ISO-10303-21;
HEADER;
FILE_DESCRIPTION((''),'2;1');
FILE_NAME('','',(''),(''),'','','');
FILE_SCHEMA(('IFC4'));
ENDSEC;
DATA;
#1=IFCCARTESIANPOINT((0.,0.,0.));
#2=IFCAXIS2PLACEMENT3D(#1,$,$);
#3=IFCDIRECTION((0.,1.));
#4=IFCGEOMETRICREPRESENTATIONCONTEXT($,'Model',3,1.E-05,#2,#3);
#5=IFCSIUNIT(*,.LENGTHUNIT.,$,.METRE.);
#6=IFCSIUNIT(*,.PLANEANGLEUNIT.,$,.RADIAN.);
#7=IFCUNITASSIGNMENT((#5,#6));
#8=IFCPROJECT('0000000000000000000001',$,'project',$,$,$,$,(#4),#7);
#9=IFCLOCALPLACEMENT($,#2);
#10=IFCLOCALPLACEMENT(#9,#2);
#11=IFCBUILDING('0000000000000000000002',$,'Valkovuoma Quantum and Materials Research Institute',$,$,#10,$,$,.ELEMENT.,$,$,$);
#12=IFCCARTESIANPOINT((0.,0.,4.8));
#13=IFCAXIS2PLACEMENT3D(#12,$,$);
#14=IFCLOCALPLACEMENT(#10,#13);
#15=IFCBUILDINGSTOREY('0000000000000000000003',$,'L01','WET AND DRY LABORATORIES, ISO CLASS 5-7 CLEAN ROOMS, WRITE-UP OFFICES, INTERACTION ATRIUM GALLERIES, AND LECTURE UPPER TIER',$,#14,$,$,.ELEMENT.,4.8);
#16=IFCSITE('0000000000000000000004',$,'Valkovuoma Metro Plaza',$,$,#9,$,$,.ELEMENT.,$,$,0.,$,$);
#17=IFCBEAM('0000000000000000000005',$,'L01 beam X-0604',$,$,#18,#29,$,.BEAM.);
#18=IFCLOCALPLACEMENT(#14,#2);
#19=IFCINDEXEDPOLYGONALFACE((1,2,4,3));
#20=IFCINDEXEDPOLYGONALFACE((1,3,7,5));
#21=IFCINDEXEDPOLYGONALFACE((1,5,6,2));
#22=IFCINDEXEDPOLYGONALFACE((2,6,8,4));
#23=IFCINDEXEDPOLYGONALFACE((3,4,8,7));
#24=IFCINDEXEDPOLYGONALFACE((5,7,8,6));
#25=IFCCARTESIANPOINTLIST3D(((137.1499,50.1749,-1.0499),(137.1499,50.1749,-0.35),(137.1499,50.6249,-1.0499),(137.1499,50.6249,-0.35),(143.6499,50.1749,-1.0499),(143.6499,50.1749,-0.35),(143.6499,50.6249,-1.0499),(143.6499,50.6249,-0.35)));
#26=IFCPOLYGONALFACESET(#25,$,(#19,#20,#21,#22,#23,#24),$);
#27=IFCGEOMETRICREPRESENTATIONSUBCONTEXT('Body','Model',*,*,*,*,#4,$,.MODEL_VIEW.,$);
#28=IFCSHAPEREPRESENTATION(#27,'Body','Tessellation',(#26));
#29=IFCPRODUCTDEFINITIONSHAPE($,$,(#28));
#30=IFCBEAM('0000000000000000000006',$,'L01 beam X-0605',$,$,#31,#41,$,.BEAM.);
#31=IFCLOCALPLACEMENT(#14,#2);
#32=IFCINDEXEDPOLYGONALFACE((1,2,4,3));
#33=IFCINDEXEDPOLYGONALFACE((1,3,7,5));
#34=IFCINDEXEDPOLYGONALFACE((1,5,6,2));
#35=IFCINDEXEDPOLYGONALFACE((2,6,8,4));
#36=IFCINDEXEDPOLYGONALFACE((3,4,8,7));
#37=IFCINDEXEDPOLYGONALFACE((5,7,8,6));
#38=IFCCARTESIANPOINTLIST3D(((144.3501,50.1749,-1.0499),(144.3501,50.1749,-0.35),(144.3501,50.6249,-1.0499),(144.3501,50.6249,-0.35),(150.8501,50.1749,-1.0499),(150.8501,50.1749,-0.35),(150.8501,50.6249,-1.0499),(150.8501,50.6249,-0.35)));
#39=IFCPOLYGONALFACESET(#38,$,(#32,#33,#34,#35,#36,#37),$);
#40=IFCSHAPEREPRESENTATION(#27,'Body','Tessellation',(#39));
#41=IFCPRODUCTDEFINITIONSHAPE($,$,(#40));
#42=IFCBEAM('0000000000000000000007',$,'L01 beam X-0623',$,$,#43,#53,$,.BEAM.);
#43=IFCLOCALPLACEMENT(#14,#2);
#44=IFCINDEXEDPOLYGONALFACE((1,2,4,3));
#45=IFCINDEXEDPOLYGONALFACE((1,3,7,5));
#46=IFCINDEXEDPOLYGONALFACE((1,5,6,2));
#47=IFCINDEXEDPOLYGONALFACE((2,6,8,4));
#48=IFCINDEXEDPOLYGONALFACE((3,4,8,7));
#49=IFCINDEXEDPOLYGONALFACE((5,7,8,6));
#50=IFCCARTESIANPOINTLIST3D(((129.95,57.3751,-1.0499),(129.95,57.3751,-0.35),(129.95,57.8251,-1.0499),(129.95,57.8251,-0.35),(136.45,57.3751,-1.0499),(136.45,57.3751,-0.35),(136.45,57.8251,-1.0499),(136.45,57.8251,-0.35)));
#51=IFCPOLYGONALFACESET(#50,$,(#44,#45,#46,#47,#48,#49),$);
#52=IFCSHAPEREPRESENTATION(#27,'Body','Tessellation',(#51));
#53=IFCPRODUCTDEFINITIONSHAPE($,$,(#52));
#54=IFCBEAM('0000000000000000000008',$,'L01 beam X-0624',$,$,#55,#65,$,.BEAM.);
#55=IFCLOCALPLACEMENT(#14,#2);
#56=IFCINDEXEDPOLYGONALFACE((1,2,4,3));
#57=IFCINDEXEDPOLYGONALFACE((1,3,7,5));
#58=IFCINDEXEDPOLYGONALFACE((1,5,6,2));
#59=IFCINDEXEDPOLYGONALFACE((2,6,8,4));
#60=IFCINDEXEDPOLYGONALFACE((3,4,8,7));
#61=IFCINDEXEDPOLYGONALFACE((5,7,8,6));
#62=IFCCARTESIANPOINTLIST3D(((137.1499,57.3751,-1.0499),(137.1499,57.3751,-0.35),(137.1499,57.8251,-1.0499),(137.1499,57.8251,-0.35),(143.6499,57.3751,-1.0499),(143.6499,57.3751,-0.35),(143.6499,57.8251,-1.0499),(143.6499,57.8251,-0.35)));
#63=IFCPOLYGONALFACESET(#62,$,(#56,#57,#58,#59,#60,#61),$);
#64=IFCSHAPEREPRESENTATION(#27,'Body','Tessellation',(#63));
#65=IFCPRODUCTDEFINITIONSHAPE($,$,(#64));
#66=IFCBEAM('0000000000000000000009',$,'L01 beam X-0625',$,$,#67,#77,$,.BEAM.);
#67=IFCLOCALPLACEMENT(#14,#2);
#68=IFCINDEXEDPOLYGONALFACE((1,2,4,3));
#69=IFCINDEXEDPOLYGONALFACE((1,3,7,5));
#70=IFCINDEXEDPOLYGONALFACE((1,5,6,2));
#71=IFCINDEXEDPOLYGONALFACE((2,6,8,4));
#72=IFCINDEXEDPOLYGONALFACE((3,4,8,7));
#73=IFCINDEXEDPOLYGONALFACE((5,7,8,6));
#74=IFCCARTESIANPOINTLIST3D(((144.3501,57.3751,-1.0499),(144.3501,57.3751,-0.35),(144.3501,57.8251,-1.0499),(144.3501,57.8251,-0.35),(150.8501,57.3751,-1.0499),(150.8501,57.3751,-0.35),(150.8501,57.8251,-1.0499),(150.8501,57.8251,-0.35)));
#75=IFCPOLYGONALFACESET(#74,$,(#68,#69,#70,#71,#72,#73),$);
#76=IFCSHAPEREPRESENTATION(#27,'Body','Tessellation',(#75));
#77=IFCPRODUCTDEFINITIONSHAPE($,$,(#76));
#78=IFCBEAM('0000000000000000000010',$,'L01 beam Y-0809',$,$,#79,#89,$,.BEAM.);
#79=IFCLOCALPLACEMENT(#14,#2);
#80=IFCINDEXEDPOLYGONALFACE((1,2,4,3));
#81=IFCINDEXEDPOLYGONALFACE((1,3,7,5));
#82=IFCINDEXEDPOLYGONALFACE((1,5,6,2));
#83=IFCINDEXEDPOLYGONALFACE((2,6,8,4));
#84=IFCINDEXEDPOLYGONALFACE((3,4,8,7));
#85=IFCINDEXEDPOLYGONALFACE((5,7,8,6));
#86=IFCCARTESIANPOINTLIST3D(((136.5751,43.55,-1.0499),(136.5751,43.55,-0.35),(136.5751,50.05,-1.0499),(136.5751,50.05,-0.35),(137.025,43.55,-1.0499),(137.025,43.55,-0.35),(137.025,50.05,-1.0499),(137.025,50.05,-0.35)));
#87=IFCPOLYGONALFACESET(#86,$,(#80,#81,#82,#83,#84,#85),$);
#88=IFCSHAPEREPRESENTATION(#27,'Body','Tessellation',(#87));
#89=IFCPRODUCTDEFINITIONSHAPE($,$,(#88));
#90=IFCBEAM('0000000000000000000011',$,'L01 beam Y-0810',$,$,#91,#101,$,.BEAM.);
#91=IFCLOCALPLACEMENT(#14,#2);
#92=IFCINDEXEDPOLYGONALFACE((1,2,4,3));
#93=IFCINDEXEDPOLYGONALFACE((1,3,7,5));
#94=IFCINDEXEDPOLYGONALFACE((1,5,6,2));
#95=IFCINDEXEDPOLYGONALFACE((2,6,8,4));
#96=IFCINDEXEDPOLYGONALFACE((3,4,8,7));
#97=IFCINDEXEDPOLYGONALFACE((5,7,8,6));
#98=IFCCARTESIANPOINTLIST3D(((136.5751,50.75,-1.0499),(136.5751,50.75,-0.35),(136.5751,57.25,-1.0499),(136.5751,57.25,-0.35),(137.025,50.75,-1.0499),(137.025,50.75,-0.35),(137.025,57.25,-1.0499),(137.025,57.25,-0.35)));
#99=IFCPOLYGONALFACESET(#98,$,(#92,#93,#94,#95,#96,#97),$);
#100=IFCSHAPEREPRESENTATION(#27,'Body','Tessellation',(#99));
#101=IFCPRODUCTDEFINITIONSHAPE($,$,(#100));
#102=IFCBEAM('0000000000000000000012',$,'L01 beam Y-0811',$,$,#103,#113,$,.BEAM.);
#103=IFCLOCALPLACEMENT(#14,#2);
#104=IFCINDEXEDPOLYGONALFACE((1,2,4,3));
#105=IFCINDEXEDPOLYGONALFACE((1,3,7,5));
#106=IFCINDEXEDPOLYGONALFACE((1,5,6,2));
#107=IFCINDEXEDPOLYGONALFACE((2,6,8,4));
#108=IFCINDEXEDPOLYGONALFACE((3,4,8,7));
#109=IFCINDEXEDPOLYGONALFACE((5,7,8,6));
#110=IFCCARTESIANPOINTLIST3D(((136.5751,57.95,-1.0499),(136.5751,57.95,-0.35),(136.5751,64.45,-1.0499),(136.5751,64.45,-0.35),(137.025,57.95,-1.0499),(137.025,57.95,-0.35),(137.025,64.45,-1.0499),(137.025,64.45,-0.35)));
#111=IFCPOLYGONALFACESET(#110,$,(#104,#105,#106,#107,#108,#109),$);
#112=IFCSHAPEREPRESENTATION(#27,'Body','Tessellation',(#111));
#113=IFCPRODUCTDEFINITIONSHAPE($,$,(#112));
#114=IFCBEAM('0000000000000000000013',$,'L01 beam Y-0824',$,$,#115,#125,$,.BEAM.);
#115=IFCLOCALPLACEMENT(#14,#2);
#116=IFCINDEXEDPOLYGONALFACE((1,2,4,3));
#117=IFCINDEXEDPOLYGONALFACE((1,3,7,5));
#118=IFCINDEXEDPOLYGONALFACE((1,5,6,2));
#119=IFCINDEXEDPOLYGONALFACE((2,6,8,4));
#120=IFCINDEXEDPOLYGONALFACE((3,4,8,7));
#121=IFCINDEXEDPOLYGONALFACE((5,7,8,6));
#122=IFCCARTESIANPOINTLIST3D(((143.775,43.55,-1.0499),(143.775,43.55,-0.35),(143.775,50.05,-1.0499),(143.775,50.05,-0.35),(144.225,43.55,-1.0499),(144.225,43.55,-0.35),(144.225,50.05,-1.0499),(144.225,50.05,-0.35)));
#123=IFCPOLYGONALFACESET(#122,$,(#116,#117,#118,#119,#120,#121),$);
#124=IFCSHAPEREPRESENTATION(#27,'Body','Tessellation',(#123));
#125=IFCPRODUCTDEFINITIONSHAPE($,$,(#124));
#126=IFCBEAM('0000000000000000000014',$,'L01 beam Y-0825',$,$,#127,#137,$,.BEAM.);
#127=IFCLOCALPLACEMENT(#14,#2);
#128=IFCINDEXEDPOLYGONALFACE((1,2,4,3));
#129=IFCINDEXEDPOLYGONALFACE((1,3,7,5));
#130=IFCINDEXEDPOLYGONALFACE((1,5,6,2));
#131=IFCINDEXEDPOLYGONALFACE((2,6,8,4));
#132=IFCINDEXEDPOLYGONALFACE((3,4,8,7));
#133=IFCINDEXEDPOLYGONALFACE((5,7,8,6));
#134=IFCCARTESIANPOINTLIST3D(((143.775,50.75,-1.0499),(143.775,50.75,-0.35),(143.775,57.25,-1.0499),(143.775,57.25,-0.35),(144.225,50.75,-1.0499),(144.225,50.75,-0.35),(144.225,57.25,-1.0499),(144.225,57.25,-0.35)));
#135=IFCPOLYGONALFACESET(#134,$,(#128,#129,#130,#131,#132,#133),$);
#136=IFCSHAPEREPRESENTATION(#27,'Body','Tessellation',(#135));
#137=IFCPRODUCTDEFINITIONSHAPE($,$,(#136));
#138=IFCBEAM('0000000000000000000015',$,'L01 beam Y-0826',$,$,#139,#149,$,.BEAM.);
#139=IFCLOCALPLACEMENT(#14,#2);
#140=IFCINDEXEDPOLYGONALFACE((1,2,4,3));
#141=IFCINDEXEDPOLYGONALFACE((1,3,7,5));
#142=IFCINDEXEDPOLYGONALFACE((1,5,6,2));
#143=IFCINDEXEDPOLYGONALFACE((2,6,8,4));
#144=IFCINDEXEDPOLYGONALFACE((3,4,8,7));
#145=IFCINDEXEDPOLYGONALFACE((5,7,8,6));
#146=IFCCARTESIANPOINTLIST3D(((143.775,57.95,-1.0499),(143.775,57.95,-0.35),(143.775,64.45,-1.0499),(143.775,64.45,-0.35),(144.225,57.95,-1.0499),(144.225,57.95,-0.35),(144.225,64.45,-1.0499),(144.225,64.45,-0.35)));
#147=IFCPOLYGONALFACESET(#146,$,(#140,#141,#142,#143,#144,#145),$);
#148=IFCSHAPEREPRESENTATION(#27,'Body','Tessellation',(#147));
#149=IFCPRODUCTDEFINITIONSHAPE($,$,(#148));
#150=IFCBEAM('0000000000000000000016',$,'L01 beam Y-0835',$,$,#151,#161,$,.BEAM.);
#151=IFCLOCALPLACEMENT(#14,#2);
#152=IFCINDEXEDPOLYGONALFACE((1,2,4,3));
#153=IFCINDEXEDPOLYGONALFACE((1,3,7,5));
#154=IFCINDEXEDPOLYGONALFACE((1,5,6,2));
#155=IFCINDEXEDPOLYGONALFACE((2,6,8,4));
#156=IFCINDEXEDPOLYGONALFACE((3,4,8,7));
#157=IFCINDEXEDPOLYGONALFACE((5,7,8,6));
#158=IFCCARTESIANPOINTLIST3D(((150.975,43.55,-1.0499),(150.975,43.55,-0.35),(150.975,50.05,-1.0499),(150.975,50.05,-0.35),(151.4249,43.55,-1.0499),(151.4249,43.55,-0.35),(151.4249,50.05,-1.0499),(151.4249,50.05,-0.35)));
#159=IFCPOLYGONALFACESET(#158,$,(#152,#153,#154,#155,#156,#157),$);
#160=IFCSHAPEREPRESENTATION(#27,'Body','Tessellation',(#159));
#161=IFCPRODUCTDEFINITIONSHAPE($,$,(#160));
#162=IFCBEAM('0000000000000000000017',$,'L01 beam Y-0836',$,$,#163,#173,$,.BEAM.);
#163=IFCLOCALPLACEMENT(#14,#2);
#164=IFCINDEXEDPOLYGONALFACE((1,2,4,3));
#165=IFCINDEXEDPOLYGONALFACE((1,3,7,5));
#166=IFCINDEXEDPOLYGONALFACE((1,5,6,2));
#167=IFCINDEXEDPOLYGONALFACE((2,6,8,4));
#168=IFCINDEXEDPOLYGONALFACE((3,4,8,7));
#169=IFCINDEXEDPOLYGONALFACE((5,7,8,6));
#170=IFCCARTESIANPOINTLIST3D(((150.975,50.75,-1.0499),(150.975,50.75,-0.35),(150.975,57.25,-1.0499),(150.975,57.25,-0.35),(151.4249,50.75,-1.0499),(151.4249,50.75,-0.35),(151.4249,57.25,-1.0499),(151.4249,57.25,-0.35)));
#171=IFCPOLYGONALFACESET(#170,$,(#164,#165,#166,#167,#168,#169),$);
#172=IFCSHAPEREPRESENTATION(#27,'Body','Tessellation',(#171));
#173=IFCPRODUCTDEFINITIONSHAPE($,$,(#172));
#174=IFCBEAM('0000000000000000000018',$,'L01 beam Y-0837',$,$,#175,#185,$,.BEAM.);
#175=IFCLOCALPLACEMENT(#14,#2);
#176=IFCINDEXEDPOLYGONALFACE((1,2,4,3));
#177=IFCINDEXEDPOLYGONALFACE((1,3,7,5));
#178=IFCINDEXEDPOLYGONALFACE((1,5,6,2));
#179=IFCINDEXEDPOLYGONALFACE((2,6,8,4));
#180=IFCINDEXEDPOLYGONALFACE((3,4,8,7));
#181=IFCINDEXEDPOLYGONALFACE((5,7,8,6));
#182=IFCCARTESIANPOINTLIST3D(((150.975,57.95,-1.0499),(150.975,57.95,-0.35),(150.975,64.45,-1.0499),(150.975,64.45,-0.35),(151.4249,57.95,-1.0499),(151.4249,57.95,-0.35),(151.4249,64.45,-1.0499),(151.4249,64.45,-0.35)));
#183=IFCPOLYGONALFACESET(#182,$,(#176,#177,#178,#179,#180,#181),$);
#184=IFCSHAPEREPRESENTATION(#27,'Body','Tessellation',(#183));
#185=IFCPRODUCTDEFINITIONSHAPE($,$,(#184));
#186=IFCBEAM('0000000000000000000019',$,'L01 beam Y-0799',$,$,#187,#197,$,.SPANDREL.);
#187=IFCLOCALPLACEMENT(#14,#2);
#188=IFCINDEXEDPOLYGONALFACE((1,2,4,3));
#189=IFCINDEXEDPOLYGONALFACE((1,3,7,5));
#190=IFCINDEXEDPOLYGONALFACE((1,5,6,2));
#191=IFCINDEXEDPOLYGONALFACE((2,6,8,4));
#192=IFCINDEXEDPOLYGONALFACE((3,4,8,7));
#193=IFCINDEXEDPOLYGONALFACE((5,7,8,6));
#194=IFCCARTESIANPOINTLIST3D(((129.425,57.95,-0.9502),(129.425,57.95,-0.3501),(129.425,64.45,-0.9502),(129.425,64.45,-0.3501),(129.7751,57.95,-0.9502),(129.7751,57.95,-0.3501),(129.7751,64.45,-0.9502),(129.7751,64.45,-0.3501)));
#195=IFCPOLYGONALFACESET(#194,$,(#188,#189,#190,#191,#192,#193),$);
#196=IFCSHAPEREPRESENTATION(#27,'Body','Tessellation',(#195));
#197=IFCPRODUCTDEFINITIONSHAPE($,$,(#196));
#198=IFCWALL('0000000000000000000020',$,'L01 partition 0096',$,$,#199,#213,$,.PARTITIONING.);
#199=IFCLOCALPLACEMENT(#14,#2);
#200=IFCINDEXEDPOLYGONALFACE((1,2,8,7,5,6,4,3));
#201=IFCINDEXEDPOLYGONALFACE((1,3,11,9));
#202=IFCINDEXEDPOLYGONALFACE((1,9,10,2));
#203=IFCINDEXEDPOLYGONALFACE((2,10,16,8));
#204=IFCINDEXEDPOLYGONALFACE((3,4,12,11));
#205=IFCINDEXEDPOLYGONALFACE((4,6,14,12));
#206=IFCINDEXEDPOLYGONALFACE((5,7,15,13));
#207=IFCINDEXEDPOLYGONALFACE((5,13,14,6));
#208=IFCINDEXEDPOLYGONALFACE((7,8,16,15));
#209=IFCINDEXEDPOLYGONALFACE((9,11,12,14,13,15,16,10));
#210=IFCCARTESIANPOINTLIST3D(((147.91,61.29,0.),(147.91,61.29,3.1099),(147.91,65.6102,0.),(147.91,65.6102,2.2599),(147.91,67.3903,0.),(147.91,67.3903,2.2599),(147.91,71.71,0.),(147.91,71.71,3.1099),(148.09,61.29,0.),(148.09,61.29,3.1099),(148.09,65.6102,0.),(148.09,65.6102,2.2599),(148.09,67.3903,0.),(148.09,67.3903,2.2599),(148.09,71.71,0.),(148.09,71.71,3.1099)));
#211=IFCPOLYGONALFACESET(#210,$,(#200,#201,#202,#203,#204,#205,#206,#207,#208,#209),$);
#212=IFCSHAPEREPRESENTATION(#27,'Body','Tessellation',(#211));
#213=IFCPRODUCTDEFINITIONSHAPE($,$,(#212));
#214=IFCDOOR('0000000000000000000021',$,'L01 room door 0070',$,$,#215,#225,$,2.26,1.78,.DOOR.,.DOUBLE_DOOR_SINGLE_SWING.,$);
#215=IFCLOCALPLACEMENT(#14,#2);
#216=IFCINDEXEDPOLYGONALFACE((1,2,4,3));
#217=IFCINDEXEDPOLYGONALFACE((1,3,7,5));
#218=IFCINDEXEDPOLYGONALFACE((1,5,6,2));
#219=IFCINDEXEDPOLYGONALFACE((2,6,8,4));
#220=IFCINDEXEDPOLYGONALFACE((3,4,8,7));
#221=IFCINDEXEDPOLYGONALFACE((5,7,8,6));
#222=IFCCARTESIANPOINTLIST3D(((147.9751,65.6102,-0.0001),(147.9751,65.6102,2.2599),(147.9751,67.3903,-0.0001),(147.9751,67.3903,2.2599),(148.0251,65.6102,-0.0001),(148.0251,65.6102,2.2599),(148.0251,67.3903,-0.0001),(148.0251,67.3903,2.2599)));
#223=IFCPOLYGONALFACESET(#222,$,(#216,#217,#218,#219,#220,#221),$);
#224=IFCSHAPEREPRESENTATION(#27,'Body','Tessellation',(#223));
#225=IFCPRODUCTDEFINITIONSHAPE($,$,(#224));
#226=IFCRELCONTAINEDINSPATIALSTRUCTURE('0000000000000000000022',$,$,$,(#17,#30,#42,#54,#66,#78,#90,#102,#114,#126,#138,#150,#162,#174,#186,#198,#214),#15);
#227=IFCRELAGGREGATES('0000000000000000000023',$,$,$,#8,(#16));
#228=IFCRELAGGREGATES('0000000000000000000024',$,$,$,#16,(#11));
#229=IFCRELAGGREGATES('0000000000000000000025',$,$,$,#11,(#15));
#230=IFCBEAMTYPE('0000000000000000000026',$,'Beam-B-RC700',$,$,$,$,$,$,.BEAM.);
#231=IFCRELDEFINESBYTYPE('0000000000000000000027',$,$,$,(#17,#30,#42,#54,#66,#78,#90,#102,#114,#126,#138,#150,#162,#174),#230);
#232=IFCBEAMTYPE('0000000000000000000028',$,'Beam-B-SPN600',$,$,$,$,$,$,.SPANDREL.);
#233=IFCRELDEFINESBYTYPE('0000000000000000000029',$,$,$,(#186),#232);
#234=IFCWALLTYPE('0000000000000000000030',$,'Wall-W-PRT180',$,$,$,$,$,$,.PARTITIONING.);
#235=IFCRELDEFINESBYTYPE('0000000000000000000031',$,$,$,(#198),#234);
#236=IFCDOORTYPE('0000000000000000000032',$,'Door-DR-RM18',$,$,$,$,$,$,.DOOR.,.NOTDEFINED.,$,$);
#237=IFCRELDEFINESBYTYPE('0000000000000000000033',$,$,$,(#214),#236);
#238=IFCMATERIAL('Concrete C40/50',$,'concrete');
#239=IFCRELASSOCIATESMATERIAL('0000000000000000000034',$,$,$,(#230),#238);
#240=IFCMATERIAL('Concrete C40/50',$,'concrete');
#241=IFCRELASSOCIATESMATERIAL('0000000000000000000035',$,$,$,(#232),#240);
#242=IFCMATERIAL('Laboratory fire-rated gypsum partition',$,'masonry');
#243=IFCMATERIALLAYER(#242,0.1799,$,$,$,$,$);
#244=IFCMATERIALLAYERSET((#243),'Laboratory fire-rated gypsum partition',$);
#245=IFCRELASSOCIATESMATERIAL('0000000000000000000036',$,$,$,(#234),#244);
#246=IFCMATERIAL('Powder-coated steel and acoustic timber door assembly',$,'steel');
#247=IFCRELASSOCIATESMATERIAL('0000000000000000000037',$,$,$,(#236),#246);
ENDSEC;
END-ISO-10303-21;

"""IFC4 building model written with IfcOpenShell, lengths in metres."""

from ifc_helpers import new_model, si_unit, direction, frame, frame_2d, origin, origin_2d, place, context, subcontext, project, spatial, rectangle, extrude, material, layer, layer_set, material_profile, profile_set, type_object, element, fill, save


model = new_model("IFC4")

# Units and contexts
model_context = context("Model", 3, precision=1e-05, world=origin(), true_north=direction((0.0, 1.0)))
body_context = subcontext(model_context, "Body", "Model", "MODEL_VIEW")
ifc_project = project(units=[si_unit("LENGTHUNIT", "METRE"), si_unit("PLANEANGLEUNIT", "RADIAN")], contexts=[model_context])

# Site, building, storey
site_placement = place(None, origin())
site = spatial("IfcSite", under=ifc_project, at=site_placement, Name="Valkovuoma Metro Plaza", CompositionType="ELEMENT", RefElevation=0.0)
building_placement = place(site_placement, origin())
building = spatial("IfcBuilding", under=site, at=building_placement, Name="Valkovuoma Quantum and Materials Research Institute", CompositionType="ELEMENT")
storey_placement = place(building_placement, frame((0.0, 0.0, 4.8)))
storey = spatial("IfcBuildingStorey", under=building, at=storey_placement, Name="L01", Description="WET AND DRY LABORATORIES, ISO CLASS 5-7 CLEAN ROOMS, WRITE-UP OFFICES, INTERACTION ATRIUM GALLERIES, AND LECTURE UPPER TIER", CompositionType="ELEMENT", Elevation=4.8)

# Beams
ifc_material_1 = material(Name="Concrete C40/50", Category="concrete")
ifc_material_profile_1 = material_profile(ifc_material_1, rectangle(XDim=0.45, YDim=0.7, at=origin_2d()), Name="Concrete C40/50")
ifc_profile_set_1 = profile_set([ifc_material_profile_1], Name="Concrete C40/50")
beam_type_1 = type_object("IfcBeamType", Name="Beam-B-RC700", PredefinedType="BEAM", material=ifc_profile_set_1)
for number, where, z_axis, x_axis, name in (
    (1, (137.1499, 50.3999, -0.7), (1.0, 0.0, 0.0), (0.0, 1.0, 0.0), "L01 beam X-0604"),
    (2, (144.3501, 50.3999, -0.7), (1.0, 0.0, 0.0), (0.0, 1.0, 0.0), "L01 beam X-0605"),
    (3, (129.95, 57.6001, -0.7), (1.0, 0.0, 0.0), (0.0, 1.0, 0.0), "L01 beam X-0623"),
    (4, (137.1499, 57.6001, -0.7), (1.0, 0.0, 0.0), (0.0, 1.0, 0.0), "L01 beam X-0624"),
    (5, (144.3501, 57.6001, -0.7), (1.0, 0.0, 0.0), (0.0, 1.0, 0.0), "L01 beam X-0625"),
    (6, (136.8, 43.55, -0.7), (0.0, 1.0, 0.0), (-1.0, 0.0, 0.0), "L01 beam Y-0809"),
    (7, (136.8, 50.75, -0.7), (0.0, 1.0, 0.0), (-1.0, 0.0, 0.0), "L01 beam Y-0810"),
    (8, (136.8, 57.95, -0.7), (0.0, 1.0, 0.0), (-1.0, 0.0, 0.0), "L01 beam Y-0811"),
    (9, (144.0, 43.55, -0.7), (0.0, 1.0, 0.0), (-1.0, 0.0, 0.0), "L01 beam Y-0824"),
    (10, (144.0, 50.75, -0.7), (0.0, 1.0, 0.0), (-1.0, 0.0, 0.0), "L01 beam Y-0825"),
    (11, (144.0, 57.95, -0.7), (0.0, 1.0, 0.0), (-1.0, 0.0, 0.0), "L01 beam Y-0826"),
    (12, (151.2, 43.55, -0.7), (0.0, 1.0, 0.0), (-1.0, 0.0, 0.0), "L01 beam Y-0835"),
    (13, (151.2, 50.75, -0.7), (0.0, 1.0, 0.0), (-1.0, 0.0, 0.0), "L01 beam Y-0836"),
    (14, (151.2, 57.95, -0.7), (0.0, 1.0, 0.0), (-1.0, 0.0, 0.0), "L01 beam Y-0837"),
):
    element("IfcBeam", number, at=place(storey_placement, frame(where, z_axis=z_axis, x_axis=x_axis)), inside=storey, type_object=beam_type_1, Name=name, PredefinedType="BEAM", context=body_context, shape_type="SweptSolid", body=[
        extrude(rectangle(XDim=0.45, YDim=0.7, at=origin_2d()), origin(), (0.0, 0.0, 1.0), 6.5),
    ])
ifc_material_2 = material(Name="Concrete C40/50", Category="concrete")
ifc_material_profile_2 = material_profile(ifc_material_2, rectangle(XDim=0.3501, YDim=0.6001, at=origin_2d()), Name="Concrete C40/50")
ifc_profile_set_2 = profile_set([ifc_material_profile_2], Name="Concrete C40/50")
beam_type_2 = type_object("IfcBeamType", Name="Beam-B-SPN600", PredefinedType="SPANDREL", material=ifc_profile_set_2)
beam_placement = place(storey_placement, frame((129.6001, 57.95, -0.6501), z_axis=(0.0, 1.0, 0.0), x_axis=(-1.0, 0.0, 0.0)))
element("IfcBeam", 15, at=beam_placement, inside=storey, type_object=beam_type_2, Name="L01 beam Y-0799", PredefinedType="SPANDREL", context=body_context, shape_type="SweptSolid", body=[
    extrude(rectangle(XDim=0.3501, YDim=0.6001, at=origin_2d()), origin(), (0.0, 0.0, 1.0), 6.5),
])

# Wall, opening, door
ifc_material_3 = material(Name="Laboratory fire-rated gypsum partition", Category="masonry")
ifc_layer = layer(ifc_material_3, 0.1799)
ifc_layer_set = layer_set([ifc_layer], Name="Laboratory fire-rated gypsum partition")
wall_type = type_object("IfcWallType", Name="Wall-W-PRT180", PredefinedType="PARTITIONING", material=ifc_layer_set)
wall_placement = place(storey_placement, frame((148.0, 61.29, 0.0), z_axis=(0.0, 0.0, 1.0), x_axis=(0.0, 1.0, 0.0)))
wall = element("IfcWall", 16, at=wall_placement, inside=storey, type_object=wall_type, Name="L01 partition 0096", PredefinedType="PARTITIONING", context=body_context, shape_type="SweptSolid", body=[
    extrude(rectangle(XDim=10.4199, YDim=0.1799, at=frame_2d((5.21, 0.0))), origin(), (0.0, 0.0, 1.0), 3.1099),
])
opening_placement = place(wall_placement, frame((4.3201, 0.0, 0.0)))
opening = element("IfcOpeningElement", 17, at=opening_placement, cuts=wall, PredefinedType="OPENING", context=body_context, shape_type="SweptSolid", body=[
    extrude(rectangle(XDim=1.78, YDim=2.26, at=frame_2d((0.8901, 1.1299))), frame((0.0, 0.1001, 0.0), z_axis=(0.0, -1.0, 0.0), x_axis=(1.0, 0.0, 0.0)), (0.0, 0.0, 1.0), 0.2),
])
ifc_material_4 = material(Name="Powder-coated steel and acoustic timber door assembly", Category="steel")
door_type = type_object("IfcDoorType", Name="Door-DR-RM18", OperationType="NOTDEFINED", PredefinedType="DOOR", material=ifc_material_4)
door_placement = place(opening_placement, origin())
door = element("IfcDoor", 18, at=door_placement, inside=storey, type_object=door_type, Name="L01 room door 0070", OperationType="DOUBLE_DOOR_SINGLE_SWING", OverallHeight=2.26, OverallWidth=1.78, PredefinedType="DOOR", context=body_context, shape_type="SweptSolid", body=[
    extrude(rectangle(XDim=1.78, YDim=2.26, at=frame_2d((0.8901, 1.1299))), frame((0.0, 0.0249, 0.0), z_axis=(0.0, -1.0, 0.0), x_axis=(1.0, 0.0, 0.0)), (0.0, 0.0, 1.0), 0.05),
])
fill(opening, door)

save(model, "model.ifc")
